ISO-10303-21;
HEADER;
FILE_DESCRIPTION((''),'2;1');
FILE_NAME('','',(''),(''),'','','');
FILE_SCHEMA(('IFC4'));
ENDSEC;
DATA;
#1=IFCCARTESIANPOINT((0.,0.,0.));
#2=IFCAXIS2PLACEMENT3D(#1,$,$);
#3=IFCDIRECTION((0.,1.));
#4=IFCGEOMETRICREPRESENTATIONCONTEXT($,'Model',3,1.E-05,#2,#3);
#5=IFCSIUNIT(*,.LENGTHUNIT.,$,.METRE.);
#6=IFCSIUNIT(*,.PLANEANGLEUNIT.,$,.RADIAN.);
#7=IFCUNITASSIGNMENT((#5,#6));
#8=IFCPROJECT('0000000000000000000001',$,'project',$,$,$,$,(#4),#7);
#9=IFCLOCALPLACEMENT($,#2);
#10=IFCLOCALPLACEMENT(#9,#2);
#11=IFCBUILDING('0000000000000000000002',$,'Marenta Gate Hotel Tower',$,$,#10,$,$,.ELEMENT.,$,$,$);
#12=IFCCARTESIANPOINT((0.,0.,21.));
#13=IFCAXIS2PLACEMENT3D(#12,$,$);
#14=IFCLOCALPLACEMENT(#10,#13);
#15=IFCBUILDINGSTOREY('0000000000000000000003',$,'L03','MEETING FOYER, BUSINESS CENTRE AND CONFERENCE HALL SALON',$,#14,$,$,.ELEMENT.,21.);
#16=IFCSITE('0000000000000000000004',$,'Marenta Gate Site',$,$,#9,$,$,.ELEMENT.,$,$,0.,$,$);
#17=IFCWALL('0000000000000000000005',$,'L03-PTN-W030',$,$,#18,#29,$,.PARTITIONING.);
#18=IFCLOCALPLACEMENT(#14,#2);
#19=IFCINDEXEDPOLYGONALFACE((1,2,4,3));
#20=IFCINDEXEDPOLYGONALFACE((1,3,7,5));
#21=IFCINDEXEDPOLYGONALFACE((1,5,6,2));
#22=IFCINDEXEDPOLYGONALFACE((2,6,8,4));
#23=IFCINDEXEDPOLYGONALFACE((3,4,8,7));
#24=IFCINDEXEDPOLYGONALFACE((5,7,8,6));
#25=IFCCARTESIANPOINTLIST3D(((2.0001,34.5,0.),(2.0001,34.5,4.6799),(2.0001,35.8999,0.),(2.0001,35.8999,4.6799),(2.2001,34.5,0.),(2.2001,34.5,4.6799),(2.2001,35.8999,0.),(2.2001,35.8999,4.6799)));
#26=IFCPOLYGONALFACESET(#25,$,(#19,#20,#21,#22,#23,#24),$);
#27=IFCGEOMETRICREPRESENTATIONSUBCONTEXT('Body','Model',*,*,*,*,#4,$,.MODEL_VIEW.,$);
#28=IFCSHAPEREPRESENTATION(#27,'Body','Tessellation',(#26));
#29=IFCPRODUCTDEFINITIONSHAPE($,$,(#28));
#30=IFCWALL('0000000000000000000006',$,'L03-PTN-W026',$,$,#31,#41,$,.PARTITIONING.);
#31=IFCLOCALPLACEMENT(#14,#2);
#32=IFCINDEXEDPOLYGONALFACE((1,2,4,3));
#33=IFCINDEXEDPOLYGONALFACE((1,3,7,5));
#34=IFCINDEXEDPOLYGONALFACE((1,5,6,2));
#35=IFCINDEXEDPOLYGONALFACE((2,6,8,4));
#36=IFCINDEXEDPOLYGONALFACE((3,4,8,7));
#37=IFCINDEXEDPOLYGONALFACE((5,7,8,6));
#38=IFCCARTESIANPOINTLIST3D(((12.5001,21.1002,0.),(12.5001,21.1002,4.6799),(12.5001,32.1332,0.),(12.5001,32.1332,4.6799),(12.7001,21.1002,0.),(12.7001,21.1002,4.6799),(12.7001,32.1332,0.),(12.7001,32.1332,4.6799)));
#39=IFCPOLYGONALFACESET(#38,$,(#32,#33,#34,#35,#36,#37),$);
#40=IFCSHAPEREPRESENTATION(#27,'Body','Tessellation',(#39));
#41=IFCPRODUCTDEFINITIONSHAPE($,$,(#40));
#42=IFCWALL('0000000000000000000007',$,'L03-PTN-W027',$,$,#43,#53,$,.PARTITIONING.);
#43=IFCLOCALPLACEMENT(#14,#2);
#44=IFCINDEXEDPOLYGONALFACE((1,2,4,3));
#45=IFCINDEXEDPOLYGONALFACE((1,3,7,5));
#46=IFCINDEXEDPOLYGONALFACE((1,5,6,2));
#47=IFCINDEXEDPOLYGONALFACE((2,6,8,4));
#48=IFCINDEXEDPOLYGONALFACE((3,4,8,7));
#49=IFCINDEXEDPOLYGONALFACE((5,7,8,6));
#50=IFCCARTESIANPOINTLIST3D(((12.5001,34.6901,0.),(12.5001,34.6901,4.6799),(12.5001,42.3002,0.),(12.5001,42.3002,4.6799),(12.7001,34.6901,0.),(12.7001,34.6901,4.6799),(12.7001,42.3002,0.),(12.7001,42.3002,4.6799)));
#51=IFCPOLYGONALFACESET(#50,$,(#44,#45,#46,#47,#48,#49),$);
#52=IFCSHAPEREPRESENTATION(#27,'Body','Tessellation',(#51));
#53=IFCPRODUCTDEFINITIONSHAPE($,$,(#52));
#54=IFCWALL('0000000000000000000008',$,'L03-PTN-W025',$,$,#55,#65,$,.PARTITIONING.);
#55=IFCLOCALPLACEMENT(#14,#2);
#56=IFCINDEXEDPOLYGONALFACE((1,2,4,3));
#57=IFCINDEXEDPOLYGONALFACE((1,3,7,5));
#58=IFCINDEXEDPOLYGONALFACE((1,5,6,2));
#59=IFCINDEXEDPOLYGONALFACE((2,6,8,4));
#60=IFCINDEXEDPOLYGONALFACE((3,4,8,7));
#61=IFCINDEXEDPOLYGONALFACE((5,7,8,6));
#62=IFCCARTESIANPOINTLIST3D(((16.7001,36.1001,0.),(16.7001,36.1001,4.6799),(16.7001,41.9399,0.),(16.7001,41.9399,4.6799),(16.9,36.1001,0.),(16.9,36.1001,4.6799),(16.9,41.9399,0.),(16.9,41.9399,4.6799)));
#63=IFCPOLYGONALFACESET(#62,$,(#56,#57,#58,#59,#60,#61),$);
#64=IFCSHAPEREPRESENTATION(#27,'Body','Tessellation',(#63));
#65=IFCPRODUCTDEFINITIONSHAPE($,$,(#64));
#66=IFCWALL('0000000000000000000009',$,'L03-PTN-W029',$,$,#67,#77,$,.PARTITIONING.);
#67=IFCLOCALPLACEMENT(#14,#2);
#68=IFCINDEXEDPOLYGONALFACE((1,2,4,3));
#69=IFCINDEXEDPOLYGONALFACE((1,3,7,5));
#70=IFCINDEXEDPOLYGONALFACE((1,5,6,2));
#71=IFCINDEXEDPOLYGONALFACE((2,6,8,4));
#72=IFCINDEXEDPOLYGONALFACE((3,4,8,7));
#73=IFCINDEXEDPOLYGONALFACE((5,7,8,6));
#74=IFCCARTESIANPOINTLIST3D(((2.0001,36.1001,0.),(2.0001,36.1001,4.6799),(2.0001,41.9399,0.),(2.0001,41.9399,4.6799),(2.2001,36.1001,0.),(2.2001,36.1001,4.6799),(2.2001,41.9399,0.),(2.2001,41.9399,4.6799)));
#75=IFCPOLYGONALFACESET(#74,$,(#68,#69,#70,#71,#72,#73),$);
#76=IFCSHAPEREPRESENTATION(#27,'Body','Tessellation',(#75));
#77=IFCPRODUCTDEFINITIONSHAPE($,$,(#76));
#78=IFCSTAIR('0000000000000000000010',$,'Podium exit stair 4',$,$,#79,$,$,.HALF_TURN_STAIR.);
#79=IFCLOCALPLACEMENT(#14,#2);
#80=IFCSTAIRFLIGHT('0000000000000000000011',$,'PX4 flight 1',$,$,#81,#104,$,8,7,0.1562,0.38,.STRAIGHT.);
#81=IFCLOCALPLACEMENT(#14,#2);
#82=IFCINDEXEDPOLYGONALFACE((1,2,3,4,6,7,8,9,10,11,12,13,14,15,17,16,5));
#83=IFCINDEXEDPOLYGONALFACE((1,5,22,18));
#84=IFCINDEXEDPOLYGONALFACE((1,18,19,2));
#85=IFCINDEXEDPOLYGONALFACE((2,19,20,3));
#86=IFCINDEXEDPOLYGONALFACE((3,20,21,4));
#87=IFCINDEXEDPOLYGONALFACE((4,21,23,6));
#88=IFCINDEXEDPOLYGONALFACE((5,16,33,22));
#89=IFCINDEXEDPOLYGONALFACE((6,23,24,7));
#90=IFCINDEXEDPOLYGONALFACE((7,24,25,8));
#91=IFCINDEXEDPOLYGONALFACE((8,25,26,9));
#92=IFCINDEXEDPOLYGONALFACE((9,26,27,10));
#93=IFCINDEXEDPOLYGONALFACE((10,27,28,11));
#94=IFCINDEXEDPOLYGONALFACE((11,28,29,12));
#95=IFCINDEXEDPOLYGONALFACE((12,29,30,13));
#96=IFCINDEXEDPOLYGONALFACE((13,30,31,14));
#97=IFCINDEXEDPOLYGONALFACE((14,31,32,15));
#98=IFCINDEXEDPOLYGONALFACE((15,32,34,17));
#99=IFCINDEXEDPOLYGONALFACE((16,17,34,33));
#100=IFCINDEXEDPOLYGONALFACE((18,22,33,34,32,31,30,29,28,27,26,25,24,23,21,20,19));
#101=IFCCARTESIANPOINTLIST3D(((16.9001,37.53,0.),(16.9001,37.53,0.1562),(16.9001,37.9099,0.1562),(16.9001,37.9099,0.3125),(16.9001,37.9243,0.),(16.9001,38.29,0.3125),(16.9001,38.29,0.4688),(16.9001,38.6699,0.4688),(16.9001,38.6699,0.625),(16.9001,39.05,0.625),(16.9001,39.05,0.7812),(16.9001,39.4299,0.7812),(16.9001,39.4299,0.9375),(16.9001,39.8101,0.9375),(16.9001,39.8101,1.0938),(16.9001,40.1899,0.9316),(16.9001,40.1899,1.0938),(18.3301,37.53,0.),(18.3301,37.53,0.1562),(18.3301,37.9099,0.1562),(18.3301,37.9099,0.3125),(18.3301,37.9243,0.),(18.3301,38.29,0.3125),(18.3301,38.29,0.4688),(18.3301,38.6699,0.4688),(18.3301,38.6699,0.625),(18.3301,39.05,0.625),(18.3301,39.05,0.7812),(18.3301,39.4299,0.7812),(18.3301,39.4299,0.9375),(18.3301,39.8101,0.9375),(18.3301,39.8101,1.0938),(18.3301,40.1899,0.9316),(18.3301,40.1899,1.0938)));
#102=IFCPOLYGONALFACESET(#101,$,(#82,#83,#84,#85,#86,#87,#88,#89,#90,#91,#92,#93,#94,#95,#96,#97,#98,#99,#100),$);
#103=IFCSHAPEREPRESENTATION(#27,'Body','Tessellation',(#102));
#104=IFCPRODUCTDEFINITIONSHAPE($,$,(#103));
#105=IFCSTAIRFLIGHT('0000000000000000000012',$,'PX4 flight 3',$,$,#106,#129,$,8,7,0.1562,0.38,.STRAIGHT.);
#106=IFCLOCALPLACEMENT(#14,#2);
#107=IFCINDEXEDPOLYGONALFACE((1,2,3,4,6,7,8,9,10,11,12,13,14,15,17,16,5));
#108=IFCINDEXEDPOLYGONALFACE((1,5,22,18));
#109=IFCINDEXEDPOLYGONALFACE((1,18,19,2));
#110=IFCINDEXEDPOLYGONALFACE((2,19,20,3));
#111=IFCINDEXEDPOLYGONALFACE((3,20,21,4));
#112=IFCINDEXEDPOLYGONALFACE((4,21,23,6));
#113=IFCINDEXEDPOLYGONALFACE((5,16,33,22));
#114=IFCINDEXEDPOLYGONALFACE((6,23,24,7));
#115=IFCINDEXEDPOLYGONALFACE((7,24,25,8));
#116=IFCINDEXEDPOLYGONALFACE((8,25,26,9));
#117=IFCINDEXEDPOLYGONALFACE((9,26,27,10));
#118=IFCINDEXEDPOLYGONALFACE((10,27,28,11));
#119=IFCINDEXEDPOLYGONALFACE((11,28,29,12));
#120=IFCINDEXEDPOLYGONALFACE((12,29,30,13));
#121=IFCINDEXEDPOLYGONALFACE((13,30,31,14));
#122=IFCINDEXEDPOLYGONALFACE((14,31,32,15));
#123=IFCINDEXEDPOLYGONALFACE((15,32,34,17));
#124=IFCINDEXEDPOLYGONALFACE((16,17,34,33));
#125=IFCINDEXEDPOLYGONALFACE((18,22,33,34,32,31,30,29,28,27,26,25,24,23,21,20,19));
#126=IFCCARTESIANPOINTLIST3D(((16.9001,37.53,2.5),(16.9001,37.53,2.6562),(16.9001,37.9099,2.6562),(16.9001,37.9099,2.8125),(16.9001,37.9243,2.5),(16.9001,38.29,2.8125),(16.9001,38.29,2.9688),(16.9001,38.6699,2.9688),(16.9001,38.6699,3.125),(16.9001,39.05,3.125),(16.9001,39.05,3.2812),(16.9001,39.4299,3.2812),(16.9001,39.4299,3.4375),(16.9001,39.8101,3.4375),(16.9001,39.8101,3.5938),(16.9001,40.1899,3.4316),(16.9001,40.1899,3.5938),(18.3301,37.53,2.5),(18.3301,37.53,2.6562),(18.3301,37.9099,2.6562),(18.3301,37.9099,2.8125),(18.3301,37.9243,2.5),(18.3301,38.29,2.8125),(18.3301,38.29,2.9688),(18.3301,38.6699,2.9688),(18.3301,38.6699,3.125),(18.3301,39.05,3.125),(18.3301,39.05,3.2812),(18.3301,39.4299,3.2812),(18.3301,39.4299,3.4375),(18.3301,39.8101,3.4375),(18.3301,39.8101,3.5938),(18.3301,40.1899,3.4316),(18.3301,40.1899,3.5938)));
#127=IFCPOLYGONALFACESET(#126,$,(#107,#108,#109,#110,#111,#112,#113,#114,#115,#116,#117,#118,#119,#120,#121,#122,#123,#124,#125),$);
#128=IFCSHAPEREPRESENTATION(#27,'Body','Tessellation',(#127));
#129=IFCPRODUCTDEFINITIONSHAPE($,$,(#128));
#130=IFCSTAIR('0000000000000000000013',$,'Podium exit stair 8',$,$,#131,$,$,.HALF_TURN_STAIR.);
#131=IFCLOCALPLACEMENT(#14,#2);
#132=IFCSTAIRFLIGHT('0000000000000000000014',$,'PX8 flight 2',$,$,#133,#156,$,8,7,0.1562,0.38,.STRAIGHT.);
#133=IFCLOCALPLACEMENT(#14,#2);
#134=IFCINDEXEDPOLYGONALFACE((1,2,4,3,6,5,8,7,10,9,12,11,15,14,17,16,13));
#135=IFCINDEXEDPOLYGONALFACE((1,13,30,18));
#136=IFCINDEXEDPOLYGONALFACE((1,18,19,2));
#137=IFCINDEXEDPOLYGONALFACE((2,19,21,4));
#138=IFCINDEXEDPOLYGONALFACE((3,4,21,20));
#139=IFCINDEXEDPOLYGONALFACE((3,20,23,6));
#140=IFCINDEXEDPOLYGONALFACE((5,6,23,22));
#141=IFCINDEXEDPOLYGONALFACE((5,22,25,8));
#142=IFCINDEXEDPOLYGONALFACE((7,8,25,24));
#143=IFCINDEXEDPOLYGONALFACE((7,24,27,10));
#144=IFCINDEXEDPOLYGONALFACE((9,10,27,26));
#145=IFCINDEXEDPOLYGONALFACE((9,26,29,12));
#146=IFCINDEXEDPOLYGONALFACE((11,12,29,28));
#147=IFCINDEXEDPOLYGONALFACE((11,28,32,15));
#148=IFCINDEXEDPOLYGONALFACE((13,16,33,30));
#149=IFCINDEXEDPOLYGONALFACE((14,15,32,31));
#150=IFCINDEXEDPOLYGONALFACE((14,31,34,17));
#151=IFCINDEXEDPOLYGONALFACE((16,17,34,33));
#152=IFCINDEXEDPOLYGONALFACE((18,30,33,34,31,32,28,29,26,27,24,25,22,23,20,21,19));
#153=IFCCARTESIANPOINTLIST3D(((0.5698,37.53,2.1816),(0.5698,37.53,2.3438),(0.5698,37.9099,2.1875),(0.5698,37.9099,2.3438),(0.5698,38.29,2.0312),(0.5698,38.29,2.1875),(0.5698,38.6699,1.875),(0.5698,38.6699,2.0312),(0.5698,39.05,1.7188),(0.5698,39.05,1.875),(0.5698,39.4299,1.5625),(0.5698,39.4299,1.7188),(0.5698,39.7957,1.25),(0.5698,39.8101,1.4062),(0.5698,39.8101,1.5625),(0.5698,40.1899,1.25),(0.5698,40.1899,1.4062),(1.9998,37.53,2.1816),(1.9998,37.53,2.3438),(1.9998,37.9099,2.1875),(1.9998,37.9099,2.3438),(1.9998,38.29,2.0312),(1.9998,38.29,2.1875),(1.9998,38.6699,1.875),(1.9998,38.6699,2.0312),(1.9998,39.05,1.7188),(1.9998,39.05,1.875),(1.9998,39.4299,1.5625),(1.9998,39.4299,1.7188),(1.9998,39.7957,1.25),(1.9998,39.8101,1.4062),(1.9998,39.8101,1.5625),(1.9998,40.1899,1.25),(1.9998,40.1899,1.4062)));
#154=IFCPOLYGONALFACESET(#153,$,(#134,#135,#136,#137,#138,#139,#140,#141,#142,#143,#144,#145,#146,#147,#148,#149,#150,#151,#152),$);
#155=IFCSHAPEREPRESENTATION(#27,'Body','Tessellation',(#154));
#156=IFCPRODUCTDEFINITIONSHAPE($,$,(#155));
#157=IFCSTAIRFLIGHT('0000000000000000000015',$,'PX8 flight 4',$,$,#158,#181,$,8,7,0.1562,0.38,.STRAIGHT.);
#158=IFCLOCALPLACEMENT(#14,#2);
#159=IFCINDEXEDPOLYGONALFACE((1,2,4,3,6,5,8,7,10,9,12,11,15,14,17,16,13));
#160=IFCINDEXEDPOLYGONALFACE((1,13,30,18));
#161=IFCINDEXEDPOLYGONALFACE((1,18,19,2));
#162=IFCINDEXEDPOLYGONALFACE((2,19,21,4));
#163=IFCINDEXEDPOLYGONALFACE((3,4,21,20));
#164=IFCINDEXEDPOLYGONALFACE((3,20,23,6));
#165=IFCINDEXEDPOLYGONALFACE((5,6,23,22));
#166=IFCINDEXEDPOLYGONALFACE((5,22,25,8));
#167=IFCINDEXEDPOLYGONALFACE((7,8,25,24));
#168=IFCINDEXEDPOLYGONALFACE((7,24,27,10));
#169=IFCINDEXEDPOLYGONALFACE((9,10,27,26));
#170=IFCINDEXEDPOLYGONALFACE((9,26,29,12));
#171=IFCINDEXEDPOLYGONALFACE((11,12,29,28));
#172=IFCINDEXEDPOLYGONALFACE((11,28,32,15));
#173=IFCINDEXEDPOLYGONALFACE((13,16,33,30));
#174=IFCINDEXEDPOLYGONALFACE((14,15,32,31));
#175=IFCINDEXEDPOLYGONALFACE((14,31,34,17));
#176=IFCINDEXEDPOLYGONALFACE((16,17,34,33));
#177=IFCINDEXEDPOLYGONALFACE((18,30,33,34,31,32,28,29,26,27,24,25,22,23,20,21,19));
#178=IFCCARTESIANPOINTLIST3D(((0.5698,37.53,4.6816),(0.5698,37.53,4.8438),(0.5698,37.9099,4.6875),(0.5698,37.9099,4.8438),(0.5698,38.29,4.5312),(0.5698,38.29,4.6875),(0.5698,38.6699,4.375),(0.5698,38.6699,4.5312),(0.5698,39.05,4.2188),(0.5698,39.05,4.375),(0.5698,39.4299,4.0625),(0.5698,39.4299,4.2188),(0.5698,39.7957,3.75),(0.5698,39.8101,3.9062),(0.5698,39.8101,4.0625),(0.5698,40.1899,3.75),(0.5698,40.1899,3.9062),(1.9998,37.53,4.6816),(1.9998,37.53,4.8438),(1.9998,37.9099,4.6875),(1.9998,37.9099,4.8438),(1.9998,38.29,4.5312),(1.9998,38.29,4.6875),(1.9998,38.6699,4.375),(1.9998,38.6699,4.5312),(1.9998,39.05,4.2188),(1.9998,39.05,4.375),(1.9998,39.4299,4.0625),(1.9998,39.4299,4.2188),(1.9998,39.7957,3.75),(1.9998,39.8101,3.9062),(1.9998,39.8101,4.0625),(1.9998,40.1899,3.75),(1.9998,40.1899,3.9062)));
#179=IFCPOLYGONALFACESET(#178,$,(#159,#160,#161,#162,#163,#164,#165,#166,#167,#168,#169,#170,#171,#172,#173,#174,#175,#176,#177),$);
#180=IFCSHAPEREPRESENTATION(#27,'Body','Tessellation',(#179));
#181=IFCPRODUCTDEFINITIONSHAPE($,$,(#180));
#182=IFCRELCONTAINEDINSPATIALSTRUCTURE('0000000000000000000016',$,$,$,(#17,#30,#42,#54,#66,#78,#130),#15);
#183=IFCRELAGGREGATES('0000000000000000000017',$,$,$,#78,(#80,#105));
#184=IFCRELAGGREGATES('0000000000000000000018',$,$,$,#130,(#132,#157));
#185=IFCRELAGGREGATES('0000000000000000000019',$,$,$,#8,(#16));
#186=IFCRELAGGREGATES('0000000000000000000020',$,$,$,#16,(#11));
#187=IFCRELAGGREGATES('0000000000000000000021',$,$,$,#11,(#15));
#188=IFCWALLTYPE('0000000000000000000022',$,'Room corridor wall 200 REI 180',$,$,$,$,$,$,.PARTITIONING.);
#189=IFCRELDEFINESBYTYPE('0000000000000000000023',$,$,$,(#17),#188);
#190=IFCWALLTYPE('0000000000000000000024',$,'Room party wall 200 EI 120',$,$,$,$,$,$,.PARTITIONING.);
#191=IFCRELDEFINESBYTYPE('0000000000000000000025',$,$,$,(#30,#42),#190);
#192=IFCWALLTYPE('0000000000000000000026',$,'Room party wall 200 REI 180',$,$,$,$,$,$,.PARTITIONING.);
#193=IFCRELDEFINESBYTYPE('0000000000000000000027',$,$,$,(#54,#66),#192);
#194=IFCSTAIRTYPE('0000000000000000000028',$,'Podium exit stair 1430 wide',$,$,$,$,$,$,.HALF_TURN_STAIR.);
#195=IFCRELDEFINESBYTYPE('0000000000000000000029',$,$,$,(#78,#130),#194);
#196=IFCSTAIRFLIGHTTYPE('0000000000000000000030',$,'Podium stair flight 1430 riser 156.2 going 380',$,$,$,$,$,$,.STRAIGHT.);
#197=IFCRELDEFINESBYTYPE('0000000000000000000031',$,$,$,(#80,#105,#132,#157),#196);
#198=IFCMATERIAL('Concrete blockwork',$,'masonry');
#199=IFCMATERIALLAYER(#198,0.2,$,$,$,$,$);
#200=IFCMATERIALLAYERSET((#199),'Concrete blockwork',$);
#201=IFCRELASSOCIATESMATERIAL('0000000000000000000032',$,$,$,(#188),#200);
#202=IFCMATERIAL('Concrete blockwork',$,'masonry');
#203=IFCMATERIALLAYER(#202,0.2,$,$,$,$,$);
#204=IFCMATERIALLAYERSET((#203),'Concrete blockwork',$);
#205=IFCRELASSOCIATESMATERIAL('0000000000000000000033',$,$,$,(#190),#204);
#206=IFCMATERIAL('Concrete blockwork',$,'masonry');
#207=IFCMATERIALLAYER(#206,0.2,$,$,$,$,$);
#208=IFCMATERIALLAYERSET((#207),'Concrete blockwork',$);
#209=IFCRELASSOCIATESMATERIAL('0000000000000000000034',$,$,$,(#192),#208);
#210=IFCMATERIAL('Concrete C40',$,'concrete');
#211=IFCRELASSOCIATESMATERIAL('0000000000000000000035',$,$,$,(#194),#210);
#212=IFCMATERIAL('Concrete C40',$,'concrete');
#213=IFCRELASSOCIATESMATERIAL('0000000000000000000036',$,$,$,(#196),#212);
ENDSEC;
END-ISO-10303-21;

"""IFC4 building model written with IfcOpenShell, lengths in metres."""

from ifc_helpers import new_model, si_unit, direction, frame, frame_2d, origin, place, context, subcontext, project, spatial, polyline, rectangle, outline, extrude, material, layer, layer_set, type_object, element, aggregate, save


model = new_model("IFC4")

# Units and contexts
model_context = context("Model", 3, precision=1e-05, world=origin(), true_north=direction((0.0, 1.0)))
body_context = subcontext(model_context, "Body", "Model", "MODEL_VIEW")
ifc_project = project(units=[si_unit("LENGTHUNIT", "METRE"), si_unit("PLANEANGLEUNIT", "RADIAN")], contexts=[model_context])

# Site, building, storey
site_placement = place(None, origin())
site = spatial("IfcSite", under=ifc_project, at=site_placement, Name="Marenta Gate Site", CompositionType="ELEMENT", RefElevation=0.0)
building_placement = place(site_placement, origin())
building = spatial("IfcBuilding", under=site, at=building_placement, Name="Marenta Gate Hotel Tower", CompositionType="ELEMENT")
storey_placement = place(building_placement, frame((0.0, 0.0, 21.0)))
storey = spatial("IfcBuildingStorey", under=building, at=storey_placement, Name="L03", Description="MEETING FOYER, BUSINESS CENTRE AND CONFERENCE HALL SALON", CompositionType="ELEMENT", Elevation=21.0)

# Wall
ifc_material_1 = material(Name="Concrete blockwork", Category="masonry")
ifc_layer_1 = layer(ifc_material_1, 0.2)
ifc_layer_set_1 = layer_set([ifc_layer_1], Name="Concrete blockwork")
wall_type_1 = type_object("IfcWallType", Name="Room corridor wall 200 REI 180", PredefinedType="PARTITIONING", material=ifc_layer_set_1)
wall_1_placement = place(storey_placement, frame((2.1001, 34.5, 0.0), z_axis=(0.0, 0.0, 1.0), x_axis=(0.0, 1.0, 0.0)))
element("IfcWall", 1, at=wall_1_placement, inside=storey, type_object=wall_type_1, Name="L03-PTN-W030", PredefinedType="PARTITIONING", context=body_context, shape_type="SweptSolid", body=[
    extrude(rectangle(XDim=1.3999, YDim=0.2, at=frame_2d((0.7, 0.0))), origin(), (0.0, 0.0, 1.0), 4.6799),
])

# Walls
ifc_material_2 = material(Name="Concrete blockwork", Category="masonry")
ifc_layer_2 = layer(ifc_material_2, 0.2)
ifc_layer_set_2 = layer_set([ifc_layer_2], Name="Concrete blockwork")
wall_type_2 = type_object("IfcWallType", Name="Room party wall 200 EI 120", PredefinedType="PARTITIONING", material=ifc_layer_set_2)
wall_2_placement = place(storey_placement, frame((12.6001, 21.1001, 0.0), z_axis=(0.0, 0.0, 1.0), x_axis=(0.0, 1.0, 0.0)))
element("IfcWall", 2, at=wall_2_placement, inside=storey, type_object=wall_type_2, Name="L03-PTN-W026", PredefinedType="PARTITIONING", context=body_context, shape_type="SweptSolid", body=[
    extrude(rectangle(XDim=11.033, YDim=0.2, at=frame_2d((5.5166, 0.0))), origin(), (0.0, 0.0, 1.0), 4.6799),
])
wall_3_placement = place(storey_placement, frame((12.6001, 34.6899, 0.0), z_axis=(0.0, 0.0, 1.0), x_axis=(0.0, 1.0, 0.0)))
element("IfcWall", 3, at=wall_3_placement, inside=storey, type_object=wall_type_2, Name="L03-PTN-W027", PredefinedType="PARTITIONING", context=body_context, shape_type="SweptSolid", body=[
    extrude(rectangle(XDim=7.6101, YDim=0.2, at=frame_2d((3.8052, 0.0))), origin(), (0.0, 0.0, 1.0), 4.6799),
])
ifc_material_3 = material(Name="Concrete blockwork", Category="masonry")
ifc_layer_3 = layer(ifc_material_3, 0.2)
ifc_layer_set_3 = layer_set([ifc_layer_3], Name="Concrete blockwork")
wall_type_3 = type_object("IfcWallType", Name="Room party wall 200 REI 180", PredefinedType="PARTITIONING", material=ifc_layer_set_3)
for number, where, z_axis, x_axis, name in (
    (4, (16.8, 36.1001, 0.0), (0.0, 0.0, 1.0), (0.0, 1.0, 0.0), "L03-PTN-W025"),
    (5, (2.1001, 36.1001, 0.0), (0.0, 0.0, 1.0), (0.0, 1.0, 0.0), "L03-PTN-W029"),
):
    element("IfcWall", number, at=place(storey_placement, frame(where, z_axis=z_axis, x_axis=x_axis)), inside=storey, type_object=wall_type_3, Name=name, PredefinedType="PARTITIONING", context=body_context, shape_type="SweptSolid", body=[
        extrude(rectangle(XDim=5.8398, YDim=0.2, at=frame_2d((2.9199, 0.0))), origin(), (0.0, 0.0, 1.0), 4.6799),
    ])

# Stairs, stair flights
ifc_material_4 = material(Name="Concrete C40", Category="concrete")
stair_type = type_object("IfcStairType", Name="Podium exit stair 1430 wide", PredefinedType="HALF_TURN_STAIR", material=ifc_material_4)
stair_1_placement = place(storey_placement, origin())
stair_1 = element("IfcStair", 6, at=stair_1_placement, inside=storey, type_object=stair_type, Name="Podium exit stair 4", PredefinedType="HALF_TURN_STAIR")
ifc_material_5 = material(Name="Concrete C40", Category="concrete")
stair_flight_type = type_object("IfcStairFlightType", Name="Podium stair flight 1430 riser 156.2 going 380", PredefinedType="STRAIGHT", material=ifc_material_5)
stair_flight_1_placement = place(storey_placement, frame((17.615, 37.53, 0.0), z_axis=(0.0, 0.0, 1.0), x_axis=(0.0, 1.0, 0.0)))
stair_flight_1 = element("IfcStairFlight", 7, at=stair_flight_1_placement, type_object=stair_flight_type, Name="PX4 flight 1", NumberOfRisers=8, NumberOfTreads=7, PredefinedType="STRAIGHT", RiserHeight=0.1562, TreadLength=0.38, context=body_context, shape_type="SweptSolid", body=[
    extrude(outline(polyline([(0.0, 0.0), (0.0, 0.1562), (0.3799, 0.1562), (0.3799, 0.3125), (0.76, 0.3125), (0.76, 0.4688), (1.1399, 0.4688), (1.1399, 0.625), (1.52, 0.625), (1.52, 0.7812), (1.8999, 0.7812), (1.8999, 0.9375), (2.28, 0.9375), (2.28, 1.0938), (2.6599, 1.0938), (2.6599, 1.25), (2.6599, 0.9316), (0.3943, 0.0), (0.0, 0.0)])), frame((0.0, 0.7148, 0.0), z_axis=(0.0, -1.0, 0.0), x_axis=(1.0, 0.0, 0.0)), (0.0, 0.0, 1.0), 1.4299),
])
stair_flight_2_placement = place(storey_placement, frame((17.615, 37.53, 2.5), z_axis=(0.0, 0.0, 1.0), x_axis=(0.0, 1.0, 0.0)))
stair_flight_2 = element("IfcStairFlight", 8, at=stair_flight_2_placement, type_object=stair_flight_type, Name="PX4 flight 3", NumberOfRisers=8, NumberOfTreads=7, PredefinedType="STRAIGHT", RiserHeight=0.1562, TreadLength=0.38, context=body_context, shape_type="SweptSolid", body=[
    extrude(outline(polyline([(0.0, 0.0), (0.0, 0.1562), (0.3799, 0.1562), (0.3799, 0.3125), (0.76, 0.3125), (0.76, 0.4688), (1.1399, 0.4688), (1.1399, 0.625), (1.52, 0.625), (1.52, 0.7812), (1.8999, 0.7812), (1.8999, 0.9375), (2.28, 0.9375), (2.28, 1.0938), (2.6599, 1.0938), (2.6599, 1.25), (2.6599, 0.9316), (0.3943, 0.0), (0.0, 0.0)])), frame((0.0, 0.7148, 0.0), z_axis=(0.0, -1.0, 0.0), x_axis=(1.0, 0.0, 0.0)), (0.0, 0.0, 1.0), 1.4299),
])
aggregate(stair_1, [stair_flight_1, stair_flight_2])
stair_2_placement = place(storey_placement, origin())
stair_2 = element("IfcStair", 9, at=stair_2_placement, inside=storey, type_object=stair_type, Name="Podium exit stair 8", PredefinedType="HALF_TURN_STAIR")
stair_flight_3_placement = place(storey_placement, frame((1.2849, 40.1899, 1.25), z_axis=(0.0, 0.0, 1.0), x_axis=(0.0, -1.0, 0.0)))
stair_flight_3 = element("IfcStairFlight", 10, at=stair_flight_3_placement, type_object=stair_flight_type, Name="PX8 flight 2", NumberOfRisers=8, NumberOfTreads=7, PredefinedType="STRAIGHT", RiserHeight=0.1562, TreadLength=0.38, context=body_context, shape_type="SweptSolid", body=[
    extrude(outline(polyline([(0.0, 0.0), (0.0, 0.1562), (0.3799, 0.1562), (0.3799, 0.3125), (0.76, 0.3125), (0.76, 0.4688), (1.1399, 0.4688), (1.1399, 0.625), (1.52, 0.625), (1.52, 0.7812), (1.8999, 0.7812), (1.8999, 0.9375), (2.28, 0.9375), (2.28, 1.0938), (2.6599, 1.0938), (2.6599, 1.25), (2.6599, 0.9316), (0.3943, 0.0), (0.0, 0.0)])), frame((0.0, 0.7148, 0.0), z_axis=(0.0, -1.0, 0.0), x_axis=(1.0, 0.0, 0.0)), (0.0, 0.0, 1.0), 1.4299),
])
stair_flight_4_placement = place(storey_placement, frame((1.2849, 40.1899, 3.75), z_axis=(0.0, 0.0, 1.0), x_axis=(0.0, -1.0, 0.0)))
stair_flight_4 = element("IfcStairFlight", 11, at=stair_flight_4_placement, type_object=stair_flight_type, Name="PX8 flight 4", NumberOfRisers=8, NumberOfTreads=7, PredefinedType="STRAIGHT", RiserHeight=0.1562, TreadLength=0.38, context=body_context, shape_type="SweptSolid", body=[
    extrude(outline(polyline([(0.0, 0.0), (0.0, 0.1562), (0.3799, 0.1562), (0.3799, 0.3125), (0.76, 0.3125), (0.76, 0.4688), (1.1399, 0.4688), (1.1399, 0.625), (1.52, 0.625), (1.52, 0.7812), (1.8999, 0.7812), (1.8999, 0.9375), (2.28, 0.9375), (2.28, 1.0938), (2.6599, 1.0938), (2.6599, 1.25), (2.6599, 0.9316), (0.3943, 0.0), (0.0, 0.0)])), frame((0.0, 0.7148, 0.0), z_axis=(0.0, -1.0, 0.0), x_axis=(1.0, 0.0, 0.0)), (0.0, 0.0, 1.0), 1.4299),
])
aggregate(stair_2, [stair_flight_3, stair_flight_4])

save(model, "model.ifc")
